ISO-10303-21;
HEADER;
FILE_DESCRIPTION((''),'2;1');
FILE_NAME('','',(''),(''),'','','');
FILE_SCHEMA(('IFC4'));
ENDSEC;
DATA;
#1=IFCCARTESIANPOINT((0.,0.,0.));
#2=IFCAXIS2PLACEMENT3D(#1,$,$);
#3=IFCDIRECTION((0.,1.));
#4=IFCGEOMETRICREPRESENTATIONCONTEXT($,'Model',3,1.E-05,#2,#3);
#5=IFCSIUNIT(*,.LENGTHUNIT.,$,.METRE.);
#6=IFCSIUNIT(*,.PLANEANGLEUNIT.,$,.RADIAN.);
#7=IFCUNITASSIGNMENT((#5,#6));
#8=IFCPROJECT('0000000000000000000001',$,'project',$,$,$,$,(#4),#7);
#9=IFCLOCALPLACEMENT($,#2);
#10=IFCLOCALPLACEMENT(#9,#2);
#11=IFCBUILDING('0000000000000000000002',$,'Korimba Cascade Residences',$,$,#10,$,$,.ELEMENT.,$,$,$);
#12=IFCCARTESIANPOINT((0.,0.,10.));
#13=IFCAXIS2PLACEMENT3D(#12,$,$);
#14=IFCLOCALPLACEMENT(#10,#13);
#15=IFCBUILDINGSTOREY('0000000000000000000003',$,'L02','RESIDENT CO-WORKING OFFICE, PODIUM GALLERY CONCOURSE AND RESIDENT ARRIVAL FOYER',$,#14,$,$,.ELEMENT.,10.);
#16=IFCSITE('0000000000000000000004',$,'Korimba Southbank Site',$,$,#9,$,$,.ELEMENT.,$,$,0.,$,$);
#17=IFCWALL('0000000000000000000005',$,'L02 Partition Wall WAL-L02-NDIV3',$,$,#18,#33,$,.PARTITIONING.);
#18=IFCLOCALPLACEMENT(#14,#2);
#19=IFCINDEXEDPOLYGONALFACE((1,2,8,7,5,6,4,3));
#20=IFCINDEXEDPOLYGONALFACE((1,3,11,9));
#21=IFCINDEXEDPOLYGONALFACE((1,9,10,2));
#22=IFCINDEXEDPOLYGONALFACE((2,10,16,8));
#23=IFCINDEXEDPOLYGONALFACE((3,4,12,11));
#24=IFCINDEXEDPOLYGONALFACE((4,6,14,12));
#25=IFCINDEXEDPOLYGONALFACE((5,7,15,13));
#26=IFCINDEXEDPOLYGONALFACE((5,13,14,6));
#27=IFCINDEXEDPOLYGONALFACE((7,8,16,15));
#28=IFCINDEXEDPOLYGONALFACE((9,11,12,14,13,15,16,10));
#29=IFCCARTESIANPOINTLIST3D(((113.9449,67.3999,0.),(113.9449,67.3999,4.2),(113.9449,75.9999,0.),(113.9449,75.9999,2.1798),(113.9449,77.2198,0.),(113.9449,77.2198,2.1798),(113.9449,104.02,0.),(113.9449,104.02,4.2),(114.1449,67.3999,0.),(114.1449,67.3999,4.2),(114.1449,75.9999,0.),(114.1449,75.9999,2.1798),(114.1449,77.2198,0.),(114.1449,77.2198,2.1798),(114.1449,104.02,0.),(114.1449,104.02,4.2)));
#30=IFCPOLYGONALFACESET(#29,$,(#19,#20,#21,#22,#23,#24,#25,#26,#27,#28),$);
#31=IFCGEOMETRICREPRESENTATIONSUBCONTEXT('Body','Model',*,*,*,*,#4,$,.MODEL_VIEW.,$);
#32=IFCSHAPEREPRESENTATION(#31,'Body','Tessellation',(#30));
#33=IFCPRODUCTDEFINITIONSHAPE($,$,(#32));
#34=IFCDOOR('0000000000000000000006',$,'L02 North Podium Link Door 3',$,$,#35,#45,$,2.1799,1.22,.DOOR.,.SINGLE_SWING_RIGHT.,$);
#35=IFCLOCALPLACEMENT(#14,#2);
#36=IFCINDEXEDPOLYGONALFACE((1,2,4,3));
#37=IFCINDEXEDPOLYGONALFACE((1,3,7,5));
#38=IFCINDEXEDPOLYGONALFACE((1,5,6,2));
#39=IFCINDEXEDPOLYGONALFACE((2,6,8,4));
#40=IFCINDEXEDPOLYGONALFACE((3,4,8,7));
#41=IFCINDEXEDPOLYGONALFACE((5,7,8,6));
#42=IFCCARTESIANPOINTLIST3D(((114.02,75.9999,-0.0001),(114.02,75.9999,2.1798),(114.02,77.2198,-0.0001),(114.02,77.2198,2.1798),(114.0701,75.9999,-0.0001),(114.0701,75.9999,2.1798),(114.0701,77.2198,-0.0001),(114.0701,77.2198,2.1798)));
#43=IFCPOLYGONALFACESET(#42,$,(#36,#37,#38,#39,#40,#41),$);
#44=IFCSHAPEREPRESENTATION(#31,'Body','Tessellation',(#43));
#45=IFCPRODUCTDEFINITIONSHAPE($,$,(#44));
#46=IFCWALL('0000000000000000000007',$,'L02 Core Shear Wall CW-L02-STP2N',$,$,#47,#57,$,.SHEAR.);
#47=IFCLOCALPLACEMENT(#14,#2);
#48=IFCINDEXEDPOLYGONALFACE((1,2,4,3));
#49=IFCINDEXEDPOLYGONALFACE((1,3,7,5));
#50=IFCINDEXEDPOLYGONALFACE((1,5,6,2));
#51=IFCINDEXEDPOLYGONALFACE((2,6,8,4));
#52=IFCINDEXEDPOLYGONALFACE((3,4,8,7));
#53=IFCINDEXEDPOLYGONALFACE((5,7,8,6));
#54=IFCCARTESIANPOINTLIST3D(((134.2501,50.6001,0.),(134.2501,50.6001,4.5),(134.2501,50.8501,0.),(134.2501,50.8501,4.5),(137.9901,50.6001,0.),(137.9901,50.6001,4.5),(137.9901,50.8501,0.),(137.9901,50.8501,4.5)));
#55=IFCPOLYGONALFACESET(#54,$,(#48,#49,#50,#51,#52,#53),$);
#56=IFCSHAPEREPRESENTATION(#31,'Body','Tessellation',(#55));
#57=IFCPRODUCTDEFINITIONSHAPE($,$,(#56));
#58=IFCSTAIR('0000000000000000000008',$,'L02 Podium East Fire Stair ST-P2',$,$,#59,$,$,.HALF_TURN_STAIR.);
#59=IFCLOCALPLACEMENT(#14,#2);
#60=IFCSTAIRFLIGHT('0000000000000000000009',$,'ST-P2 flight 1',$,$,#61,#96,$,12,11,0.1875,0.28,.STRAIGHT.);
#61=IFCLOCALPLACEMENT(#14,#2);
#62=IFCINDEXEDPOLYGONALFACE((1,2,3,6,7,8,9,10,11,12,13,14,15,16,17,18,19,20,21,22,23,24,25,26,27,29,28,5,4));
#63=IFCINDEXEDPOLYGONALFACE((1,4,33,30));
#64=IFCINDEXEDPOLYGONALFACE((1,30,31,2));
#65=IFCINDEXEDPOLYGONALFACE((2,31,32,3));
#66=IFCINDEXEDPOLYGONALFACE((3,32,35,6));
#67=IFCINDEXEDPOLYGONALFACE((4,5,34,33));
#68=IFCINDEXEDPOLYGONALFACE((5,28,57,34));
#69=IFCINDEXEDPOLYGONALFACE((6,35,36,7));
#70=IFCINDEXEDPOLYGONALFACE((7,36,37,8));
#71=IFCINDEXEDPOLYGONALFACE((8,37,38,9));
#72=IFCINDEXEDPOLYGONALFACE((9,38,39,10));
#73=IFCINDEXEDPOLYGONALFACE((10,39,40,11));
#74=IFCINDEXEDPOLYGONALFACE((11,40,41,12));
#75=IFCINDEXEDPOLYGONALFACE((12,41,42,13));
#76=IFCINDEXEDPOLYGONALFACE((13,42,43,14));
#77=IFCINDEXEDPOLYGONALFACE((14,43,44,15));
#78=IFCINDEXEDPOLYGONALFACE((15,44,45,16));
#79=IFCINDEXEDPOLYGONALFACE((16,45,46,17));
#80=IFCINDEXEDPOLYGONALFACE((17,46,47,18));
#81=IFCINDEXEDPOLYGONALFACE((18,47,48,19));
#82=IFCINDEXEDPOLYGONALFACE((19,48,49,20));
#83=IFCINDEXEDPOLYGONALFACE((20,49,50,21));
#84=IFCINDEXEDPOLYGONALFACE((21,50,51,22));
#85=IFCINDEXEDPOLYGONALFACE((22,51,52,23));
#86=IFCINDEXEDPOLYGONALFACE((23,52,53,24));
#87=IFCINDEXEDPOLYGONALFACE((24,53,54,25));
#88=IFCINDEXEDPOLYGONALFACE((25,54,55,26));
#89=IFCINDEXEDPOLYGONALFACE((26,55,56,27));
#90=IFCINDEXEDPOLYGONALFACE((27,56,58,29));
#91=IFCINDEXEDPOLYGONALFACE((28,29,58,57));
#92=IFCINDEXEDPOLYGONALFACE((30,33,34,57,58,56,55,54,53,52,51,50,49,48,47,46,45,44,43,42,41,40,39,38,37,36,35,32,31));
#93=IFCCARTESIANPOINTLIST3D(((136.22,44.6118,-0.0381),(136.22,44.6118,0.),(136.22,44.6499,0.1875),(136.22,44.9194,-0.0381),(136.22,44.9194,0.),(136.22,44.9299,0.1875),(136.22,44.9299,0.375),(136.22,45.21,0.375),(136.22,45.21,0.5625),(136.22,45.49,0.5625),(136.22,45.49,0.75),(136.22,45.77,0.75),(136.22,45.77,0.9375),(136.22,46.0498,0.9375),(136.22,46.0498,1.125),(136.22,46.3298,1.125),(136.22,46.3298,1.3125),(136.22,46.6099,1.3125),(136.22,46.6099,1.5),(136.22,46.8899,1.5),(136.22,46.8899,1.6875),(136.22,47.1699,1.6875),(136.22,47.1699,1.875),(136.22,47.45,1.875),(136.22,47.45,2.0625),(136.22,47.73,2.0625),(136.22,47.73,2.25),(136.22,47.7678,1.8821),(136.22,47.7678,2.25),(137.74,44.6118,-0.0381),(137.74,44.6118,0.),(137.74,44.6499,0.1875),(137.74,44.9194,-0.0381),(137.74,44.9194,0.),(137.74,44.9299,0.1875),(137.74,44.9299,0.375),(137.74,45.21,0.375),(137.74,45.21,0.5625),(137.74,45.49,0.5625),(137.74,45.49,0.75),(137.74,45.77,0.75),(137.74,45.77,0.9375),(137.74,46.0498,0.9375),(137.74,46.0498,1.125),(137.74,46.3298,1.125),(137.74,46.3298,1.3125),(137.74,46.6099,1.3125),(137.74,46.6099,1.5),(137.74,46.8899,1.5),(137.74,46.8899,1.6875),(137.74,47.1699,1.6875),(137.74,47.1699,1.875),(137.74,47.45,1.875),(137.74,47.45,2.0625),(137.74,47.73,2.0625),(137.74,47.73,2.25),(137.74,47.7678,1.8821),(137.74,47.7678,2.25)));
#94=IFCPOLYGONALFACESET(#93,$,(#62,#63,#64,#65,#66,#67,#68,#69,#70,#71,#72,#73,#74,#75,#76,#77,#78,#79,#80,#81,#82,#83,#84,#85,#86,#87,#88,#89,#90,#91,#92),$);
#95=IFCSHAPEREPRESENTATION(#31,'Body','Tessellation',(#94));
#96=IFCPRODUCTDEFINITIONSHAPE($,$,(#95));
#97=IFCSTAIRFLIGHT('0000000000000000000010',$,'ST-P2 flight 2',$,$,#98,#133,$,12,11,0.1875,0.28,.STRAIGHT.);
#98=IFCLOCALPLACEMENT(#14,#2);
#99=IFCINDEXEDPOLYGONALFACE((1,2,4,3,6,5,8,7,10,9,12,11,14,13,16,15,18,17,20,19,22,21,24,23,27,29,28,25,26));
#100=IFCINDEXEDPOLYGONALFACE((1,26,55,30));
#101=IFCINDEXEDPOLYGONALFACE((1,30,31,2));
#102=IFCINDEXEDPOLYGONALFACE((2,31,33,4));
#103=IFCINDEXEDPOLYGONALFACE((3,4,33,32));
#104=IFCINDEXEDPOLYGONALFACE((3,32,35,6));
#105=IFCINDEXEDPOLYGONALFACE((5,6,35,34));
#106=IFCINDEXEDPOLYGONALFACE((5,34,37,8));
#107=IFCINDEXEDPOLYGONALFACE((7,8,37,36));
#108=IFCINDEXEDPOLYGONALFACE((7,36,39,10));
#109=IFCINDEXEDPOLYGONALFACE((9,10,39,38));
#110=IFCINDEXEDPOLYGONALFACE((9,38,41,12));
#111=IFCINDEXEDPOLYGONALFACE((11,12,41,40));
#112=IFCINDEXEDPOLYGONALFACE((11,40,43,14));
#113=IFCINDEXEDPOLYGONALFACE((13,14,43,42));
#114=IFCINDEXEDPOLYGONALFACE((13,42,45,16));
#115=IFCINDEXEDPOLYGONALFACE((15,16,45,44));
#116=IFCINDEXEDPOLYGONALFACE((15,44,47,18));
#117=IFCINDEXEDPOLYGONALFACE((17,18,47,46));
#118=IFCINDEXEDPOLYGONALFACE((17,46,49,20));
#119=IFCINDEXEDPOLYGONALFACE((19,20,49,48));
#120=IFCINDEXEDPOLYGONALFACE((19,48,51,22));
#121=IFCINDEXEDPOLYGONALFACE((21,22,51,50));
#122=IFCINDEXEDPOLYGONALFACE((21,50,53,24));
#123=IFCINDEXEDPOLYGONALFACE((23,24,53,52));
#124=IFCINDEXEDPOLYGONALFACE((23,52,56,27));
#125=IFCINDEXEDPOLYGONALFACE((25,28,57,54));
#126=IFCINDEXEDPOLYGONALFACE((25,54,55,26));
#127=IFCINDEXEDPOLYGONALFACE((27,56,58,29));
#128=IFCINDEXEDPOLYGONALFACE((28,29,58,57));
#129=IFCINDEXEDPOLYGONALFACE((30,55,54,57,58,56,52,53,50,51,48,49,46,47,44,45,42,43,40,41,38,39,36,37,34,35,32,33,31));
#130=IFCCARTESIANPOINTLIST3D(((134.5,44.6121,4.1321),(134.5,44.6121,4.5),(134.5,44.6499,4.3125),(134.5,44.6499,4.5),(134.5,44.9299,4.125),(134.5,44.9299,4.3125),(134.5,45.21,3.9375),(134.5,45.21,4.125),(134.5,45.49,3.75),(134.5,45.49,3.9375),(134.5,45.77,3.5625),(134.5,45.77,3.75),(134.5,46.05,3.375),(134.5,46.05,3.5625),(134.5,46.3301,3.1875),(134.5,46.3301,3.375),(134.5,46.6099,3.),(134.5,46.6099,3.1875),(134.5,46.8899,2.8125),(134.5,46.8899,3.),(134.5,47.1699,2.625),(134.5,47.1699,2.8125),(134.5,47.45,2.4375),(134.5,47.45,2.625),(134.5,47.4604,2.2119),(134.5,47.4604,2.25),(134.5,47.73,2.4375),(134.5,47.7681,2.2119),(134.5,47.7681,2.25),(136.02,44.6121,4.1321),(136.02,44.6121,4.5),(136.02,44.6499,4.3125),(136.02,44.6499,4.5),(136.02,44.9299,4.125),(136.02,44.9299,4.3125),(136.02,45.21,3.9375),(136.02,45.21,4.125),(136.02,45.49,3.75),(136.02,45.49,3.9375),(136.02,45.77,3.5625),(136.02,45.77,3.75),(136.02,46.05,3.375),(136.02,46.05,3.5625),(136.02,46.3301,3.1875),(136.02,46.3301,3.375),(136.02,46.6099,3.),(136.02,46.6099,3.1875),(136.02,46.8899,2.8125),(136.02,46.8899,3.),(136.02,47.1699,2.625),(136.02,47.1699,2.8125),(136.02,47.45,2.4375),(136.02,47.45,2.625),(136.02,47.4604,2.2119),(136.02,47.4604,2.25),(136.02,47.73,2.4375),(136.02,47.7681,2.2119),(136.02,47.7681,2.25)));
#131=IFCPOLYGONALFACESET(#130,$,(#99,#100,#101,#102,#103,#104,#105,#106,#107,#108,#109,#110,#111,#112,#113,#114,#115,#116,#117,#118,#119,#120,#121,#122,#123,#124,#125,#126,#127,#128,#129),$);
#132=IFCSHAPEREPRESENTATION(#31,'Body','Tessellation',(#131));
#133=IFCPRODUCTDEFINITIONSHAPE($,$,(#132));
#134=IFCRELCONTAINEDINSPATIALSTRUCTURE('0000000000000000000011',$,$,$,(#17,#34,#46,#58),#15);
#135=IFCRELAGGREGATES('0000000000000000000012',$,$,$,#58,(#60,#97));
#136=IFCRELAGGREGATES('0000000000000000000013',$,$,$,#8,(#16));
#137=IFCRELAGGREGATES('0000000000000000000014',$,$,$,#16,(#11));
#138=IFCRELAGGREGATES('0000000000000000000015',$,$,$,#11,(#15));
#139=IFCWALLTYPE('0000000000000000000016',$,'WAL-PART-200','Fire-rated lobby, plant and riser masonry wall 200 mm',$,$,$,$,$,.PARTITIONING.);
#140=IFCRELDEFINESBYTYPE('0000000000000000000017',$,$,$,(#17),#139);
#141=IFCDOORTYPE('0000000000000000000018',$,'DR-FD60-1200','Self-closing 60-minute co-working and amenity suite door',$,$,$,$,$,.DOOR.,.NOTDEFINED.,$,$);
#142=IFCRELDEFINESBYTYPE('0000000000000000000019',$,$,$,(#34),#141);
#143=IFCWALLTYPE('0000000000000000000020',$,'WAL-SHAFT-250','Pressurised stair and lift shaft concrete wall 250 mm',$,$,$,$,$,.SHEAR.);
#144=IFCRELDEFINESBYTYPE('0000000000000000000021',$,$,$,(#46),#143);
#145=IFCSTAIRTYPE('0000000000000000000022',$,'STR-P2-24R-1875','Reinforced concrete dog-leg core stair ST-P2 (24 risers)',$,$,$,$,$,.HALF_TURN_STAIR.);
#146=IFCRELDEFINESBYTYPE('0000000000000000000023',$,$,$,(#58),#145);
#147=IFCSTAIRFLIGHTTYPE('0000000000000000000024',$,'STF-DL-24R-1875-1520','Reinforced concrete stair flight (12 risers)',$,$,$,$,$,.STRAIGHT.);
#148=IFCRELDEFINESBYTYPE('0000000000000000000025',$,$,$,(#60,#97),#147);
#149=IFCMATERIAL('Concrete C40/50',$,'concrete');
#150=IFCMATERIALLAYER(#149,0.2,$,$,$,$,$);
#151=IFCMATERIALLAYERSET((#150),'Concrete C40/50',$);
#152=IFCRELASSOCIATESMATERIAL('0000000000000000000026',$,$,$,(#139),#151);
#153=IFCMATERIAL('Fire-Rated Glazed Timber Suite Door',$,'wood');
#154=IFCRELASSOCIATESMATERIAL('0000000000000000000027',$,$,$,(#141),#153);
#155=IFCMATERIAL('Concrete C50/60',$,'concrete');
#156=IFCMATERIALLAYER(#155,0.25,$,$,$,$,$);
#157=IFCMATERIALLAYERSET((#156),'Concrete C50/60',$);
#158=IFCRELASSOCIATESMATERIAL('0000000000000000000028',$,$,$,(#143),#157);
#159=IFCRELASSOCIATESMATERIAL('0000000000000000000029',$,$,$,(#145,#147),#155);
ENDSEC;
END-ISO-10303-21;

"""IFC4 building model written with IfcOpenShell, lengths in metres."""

from ifc_helpers import new_model, si_unit, direction, frame, frame_2d, origin, place, context, subcontext, project, spatial, polyline, rectangle, outline, extrude, material, layer, layer_set, type_object, element, fill, aggregate, save


model = new_model("IFC4")

# Units and contexts
model_context = context("Model", 3, precision=1e-05, world=origin(), true_north=direction((0.0, 1.0)))
body_context = subcontext(model_context, "Body", "Model", "MODEL_VIEW")
ifc_project = project(units=[si_unit("LENGTHUNIT", "METRE"), si_unit("PLANEANGLEUNIT", "RADIAN")], contexts=[model_context])

# Site, building, storey
site_placement = place(None, origin())
site = spatial("IfcSite", under=ifc_project, at=site_placement, Name="Korimba Southbank Site", CompositionType="ELEMENT", RefElevation=0.0)
building_placement = place(site_placement, origin())
building = spatial("IfcBuilding", under=site, at=building_placement, Name="Korimba Cascade Residences", CompositionType="ELEMENT")
storey_placement = place(building_placement, frame((0.0, 0.0, 10.0)))
storey = spatial("IfcBuildingStorey", under=building, at=storey_placement, Name="L02", Description="RESIDENT CO-WORKING OFFICE, PODIUM GALLERY CONCOURSE AND RESIDENT ARRIVAL FOYER", CompositionType="ELEMENT", Elevation=10.0)

# Shared definitions
ifc_material_1 = material(Name="Concrete C50/60", Category="concrete")

# Shared definitions
ifc_material_2 = material(Name="Concrete C40/50", Category="concrete")
ifc_layer_1 = layer(ifc_material_2, 0.2)
ifc_layer_set_1 = layer_set([ifc_layer_1], Name="Concrete C40/50")
wall_type_1 = type_object("IfcWallType", Name="WAL-PART-200", Description="Fire-rated lobby, plant and riser masonry wall 200 mm", PredefinedType="PARTITIONING", material=ifc_layer_set_1)

# Wall, opening, door
wall_1_placement = place(storey_placement, frame((114.0449, 67.3999, 0.0), z_axis=(0.0, 0.0, 1.0), x_axis=(0.0, 1.0, 0.0)))
wall_1 = element("IfcWall", 1, at=wall_1_placement, inside=storey, type_object=wall_type_1, Name="L02 Partition Wall WAL-L02-NDIV3", PredefinedType="PARTITIONING", context=body_context, shape_type="SweptSolid", body=[
    extrude(rectangle(XDim=36.6201, YDim=0.2, at=frame_2d((18.3101, 0.0))), origin(), (0.0, 0.0, 1.0), 4.2),
])
opening_placement = place(wall_1_placement, frame((8.6001, 0.0, 0.0)))
opening = element("IfcOpeningElement", 2, at=opening_placement, cuts=wall_1, PredefinedType="OPENING", context=body_context, shape_type="SweptSolid", body=[
    extrude(rectangle(XDim=1.22, YDim=2.1799, at=frame_2d((0.6099, 1.0898))), frame((0.0, 0.1099, 0.0), z_axis=(0.0, -1.0, 0.0), x_axis=(1.0, 0.0, 0.0)), (0.0, 0.0, 1.0), 0.22),
])
ifc_material_3 = material(Name="Fire-Rated Glazed Timber Suite Door", Category="wood")
door_type = type_object("IfcDoorType", Name="DR-FD60-1200", Description="Self-closing 60-minute co-working and amenity suite door", OperationType="NOTDEFINED", PredefinedType="DOOR", material=ifc_material_3)
door_placement = place(opening_placement, origin())
door = element("IfcDoor", 3, at=door_placement, inside=storey, type_object=door_type, Name="L02 North Podium Link Door 3", OperationType="SINGLE_SWING_RIGHT", OverallHeight=2.1799, OverallWidth=1.22, PredefinedType="DOOR", context=body_context, shape_type="SweptSolid", body=[
    extrude(rectangle(XDim=1.22, YDim=2.1799, at=frame_2d((0.6099, 1.0898))), frame((0.0, 0.0249, 0.0), z_axis=(0.0, -1.0, 0.0), x_axis=(1.0, 0.0, 0.0)), (0.0, 0.0, 1.0), 0.05),
])
fill(opening, door)

# Wall
ifc_layer_2 = layer(ifc_material_1, 0.25)
ifc_layer_set_2 = layer_set([ifc_layer_2], Name="Concrete C50/60")
wall_type_2 = type_object("IfcWallType", Name="WAL-SHAFT-250", Description="Pressurised stair and lift shaft concrete wall 250 mm", PredefinedType="SHEAR", material=ifc_layer_set_2)
wall_2_placement = place(storey_placement, frame((134.25, 50.7251, 0.0), z_axis=(0.0, 0.0, 1.0), x_axis=(1.0, 0.0, 0.0)))
element("IfcWall", 4, at=wall_2_placement, inside=storey, type_object=wall_type_2, Name="L02 Core Shear Wall CW-L02-STP2N", PredefinedType="SHEAR", context=body_context, shape_type="SweptSolid", body=[
    extrude(rectangle(XDim=3.74, YDim=0.25, at=frame_2d((1.8701, 0.0))), origin(), (0.0, 0.0, 1.0), 4.5),
])

# Stair, stair flights
stair_type = type_object("IfcStairType", Name="STR-P2-24R-1875", Description="Reinforced concrete dog-leg core stair ST-P2 (24 risers)", PredefinedType="HALF_TURN_STAIR", material=ifc_material_1)
stair_placement = place(storey_placement, origin())
stair = element("IfcStair", 5, at=stair_placement, inside=storey, type_object=stair_type, Name="L02 Podium East Fire Stair ST-P2", PredefinedType="HALF_TURN_STAIR")
stair_flight_type = type_object("IfcStairFlightType", Name="STF-DL-24R-1875-1520", Description="Reinforced concrete stair flight (12 risers)", PredefinedType="STRAIGHT", material=ifc_material_1)
stair_flight_1_placement = place(storey_placement, frame((136.98, 44.6499, 0.0), z_axis=(0.0, 0.0, 1.0), x_axis=(0.0, 1.0, 0.0)))
stair_flight_1 = element("IfcStairFlight", 6, at=stair_flight_1_placement, type_object=stair_flight_type, Name="ST-P2 flight 1", NumberOfRisers=12, NumberOfTreads=11, PredefinedType="STRAIGHT", RiserHeight=0.1875, TreadLength=0.28, context=body_context, shape_type="SweptSolid", body=[
    extrude(outline(polyline([(-0.0381, 0.0), (0.0, 0.1875), (0.28, 0.1875), (0.28, 0.375), (0.5601, 0.375), (0.5601, 0.5625), (0.8401, 0.5625), (0.8401, 0.75), (1.1201, 0.75), (1.1201, 0.9375), (1.3999, 0.9375), (1.3999, 1.125), (1.6799, 1.125), (1.6799, 1.3125), (1.96, 1.3125), (1.96, 1.5), (2.24, 1.5), (2.24, 1.6875), (2.52, 1.6875), (2.52, 1.875), (2.8, 1.875), (2.8, 2.0625), (3.0801, 2.0625), (3.0801, 2.25), (3.1179, 2.25), (3.1179, 1.8821), (0.2695, 0.0), (0.2695, -0.0381), (-0.0381, -0.0381), (-0.0381, 0.0)])), frame((0.0, 0.76, 0.0), z_axis=(0.0, -1.0, 0.0), x_axis=(1.0, 0.0, 0.0)), (0.0, 0.0, 1.0), 1.52),
])
stair_flight_2_placement = place(storey_placement, frame((135.26, 47.73, 2.25), z_axis=(0.0, 0.0, 1.0), x_axis=(0.0, -1.0, 0.0)))
stair_flight_2 = element("IfcStairFlight", 7, at=stair_flight_2_placement, type_object=stair_flight_type, Name="ST-P2 flight 2", NumberOfRisers=12, NumberOfTreads=11, PredefinedType="STRAIGHT", RiserHeight=0.1875, TreadLength=0.28, context=body_context, shape_type="SweptSolid", body=[
    extrude(outline(polyline([(-0.0381, 0.0), (0.0, 0.1875), (0.28, 0.1875), (0.28, 0.375), (0.5601, 0.375), (0.5601, 0.5625), (0.8401, 0.5625), (0.8401, 0.75), (1.1201, 0.75), (1.1201, 0.9375), (1.3999, 0.9375), (1.3999, 1.125), (1.6799, 1.125), (1.6799, 1.3125), (1.96, 1.3125), (1.96, 1.5), (2.24, 1.5), (2.24, 1.6875), (2.52, 1.6875), (2.52, 1.875), (2.8, 1.875), (2.8, 2.0625), (3.0801, 2.0625), (3.0801, 2.25), (3.1179, 2.25), (3.1179, 1.8821), (0.2695, 0.0), (0.2695, -0.0381), (-0.0381, -0.0381), (-0.0381, 0.0)])), frame((0.0, 0.76, 0.0), z_axis=(0.0, -1.0, 0.0), x_axis=(1.0, 0.0, 0.0)), (0.0, 0.0, 1.0), 1.52),
])
aggregate(stair, [stair_flight_1, stair_flight_2])

save(model, "model.ifc")
